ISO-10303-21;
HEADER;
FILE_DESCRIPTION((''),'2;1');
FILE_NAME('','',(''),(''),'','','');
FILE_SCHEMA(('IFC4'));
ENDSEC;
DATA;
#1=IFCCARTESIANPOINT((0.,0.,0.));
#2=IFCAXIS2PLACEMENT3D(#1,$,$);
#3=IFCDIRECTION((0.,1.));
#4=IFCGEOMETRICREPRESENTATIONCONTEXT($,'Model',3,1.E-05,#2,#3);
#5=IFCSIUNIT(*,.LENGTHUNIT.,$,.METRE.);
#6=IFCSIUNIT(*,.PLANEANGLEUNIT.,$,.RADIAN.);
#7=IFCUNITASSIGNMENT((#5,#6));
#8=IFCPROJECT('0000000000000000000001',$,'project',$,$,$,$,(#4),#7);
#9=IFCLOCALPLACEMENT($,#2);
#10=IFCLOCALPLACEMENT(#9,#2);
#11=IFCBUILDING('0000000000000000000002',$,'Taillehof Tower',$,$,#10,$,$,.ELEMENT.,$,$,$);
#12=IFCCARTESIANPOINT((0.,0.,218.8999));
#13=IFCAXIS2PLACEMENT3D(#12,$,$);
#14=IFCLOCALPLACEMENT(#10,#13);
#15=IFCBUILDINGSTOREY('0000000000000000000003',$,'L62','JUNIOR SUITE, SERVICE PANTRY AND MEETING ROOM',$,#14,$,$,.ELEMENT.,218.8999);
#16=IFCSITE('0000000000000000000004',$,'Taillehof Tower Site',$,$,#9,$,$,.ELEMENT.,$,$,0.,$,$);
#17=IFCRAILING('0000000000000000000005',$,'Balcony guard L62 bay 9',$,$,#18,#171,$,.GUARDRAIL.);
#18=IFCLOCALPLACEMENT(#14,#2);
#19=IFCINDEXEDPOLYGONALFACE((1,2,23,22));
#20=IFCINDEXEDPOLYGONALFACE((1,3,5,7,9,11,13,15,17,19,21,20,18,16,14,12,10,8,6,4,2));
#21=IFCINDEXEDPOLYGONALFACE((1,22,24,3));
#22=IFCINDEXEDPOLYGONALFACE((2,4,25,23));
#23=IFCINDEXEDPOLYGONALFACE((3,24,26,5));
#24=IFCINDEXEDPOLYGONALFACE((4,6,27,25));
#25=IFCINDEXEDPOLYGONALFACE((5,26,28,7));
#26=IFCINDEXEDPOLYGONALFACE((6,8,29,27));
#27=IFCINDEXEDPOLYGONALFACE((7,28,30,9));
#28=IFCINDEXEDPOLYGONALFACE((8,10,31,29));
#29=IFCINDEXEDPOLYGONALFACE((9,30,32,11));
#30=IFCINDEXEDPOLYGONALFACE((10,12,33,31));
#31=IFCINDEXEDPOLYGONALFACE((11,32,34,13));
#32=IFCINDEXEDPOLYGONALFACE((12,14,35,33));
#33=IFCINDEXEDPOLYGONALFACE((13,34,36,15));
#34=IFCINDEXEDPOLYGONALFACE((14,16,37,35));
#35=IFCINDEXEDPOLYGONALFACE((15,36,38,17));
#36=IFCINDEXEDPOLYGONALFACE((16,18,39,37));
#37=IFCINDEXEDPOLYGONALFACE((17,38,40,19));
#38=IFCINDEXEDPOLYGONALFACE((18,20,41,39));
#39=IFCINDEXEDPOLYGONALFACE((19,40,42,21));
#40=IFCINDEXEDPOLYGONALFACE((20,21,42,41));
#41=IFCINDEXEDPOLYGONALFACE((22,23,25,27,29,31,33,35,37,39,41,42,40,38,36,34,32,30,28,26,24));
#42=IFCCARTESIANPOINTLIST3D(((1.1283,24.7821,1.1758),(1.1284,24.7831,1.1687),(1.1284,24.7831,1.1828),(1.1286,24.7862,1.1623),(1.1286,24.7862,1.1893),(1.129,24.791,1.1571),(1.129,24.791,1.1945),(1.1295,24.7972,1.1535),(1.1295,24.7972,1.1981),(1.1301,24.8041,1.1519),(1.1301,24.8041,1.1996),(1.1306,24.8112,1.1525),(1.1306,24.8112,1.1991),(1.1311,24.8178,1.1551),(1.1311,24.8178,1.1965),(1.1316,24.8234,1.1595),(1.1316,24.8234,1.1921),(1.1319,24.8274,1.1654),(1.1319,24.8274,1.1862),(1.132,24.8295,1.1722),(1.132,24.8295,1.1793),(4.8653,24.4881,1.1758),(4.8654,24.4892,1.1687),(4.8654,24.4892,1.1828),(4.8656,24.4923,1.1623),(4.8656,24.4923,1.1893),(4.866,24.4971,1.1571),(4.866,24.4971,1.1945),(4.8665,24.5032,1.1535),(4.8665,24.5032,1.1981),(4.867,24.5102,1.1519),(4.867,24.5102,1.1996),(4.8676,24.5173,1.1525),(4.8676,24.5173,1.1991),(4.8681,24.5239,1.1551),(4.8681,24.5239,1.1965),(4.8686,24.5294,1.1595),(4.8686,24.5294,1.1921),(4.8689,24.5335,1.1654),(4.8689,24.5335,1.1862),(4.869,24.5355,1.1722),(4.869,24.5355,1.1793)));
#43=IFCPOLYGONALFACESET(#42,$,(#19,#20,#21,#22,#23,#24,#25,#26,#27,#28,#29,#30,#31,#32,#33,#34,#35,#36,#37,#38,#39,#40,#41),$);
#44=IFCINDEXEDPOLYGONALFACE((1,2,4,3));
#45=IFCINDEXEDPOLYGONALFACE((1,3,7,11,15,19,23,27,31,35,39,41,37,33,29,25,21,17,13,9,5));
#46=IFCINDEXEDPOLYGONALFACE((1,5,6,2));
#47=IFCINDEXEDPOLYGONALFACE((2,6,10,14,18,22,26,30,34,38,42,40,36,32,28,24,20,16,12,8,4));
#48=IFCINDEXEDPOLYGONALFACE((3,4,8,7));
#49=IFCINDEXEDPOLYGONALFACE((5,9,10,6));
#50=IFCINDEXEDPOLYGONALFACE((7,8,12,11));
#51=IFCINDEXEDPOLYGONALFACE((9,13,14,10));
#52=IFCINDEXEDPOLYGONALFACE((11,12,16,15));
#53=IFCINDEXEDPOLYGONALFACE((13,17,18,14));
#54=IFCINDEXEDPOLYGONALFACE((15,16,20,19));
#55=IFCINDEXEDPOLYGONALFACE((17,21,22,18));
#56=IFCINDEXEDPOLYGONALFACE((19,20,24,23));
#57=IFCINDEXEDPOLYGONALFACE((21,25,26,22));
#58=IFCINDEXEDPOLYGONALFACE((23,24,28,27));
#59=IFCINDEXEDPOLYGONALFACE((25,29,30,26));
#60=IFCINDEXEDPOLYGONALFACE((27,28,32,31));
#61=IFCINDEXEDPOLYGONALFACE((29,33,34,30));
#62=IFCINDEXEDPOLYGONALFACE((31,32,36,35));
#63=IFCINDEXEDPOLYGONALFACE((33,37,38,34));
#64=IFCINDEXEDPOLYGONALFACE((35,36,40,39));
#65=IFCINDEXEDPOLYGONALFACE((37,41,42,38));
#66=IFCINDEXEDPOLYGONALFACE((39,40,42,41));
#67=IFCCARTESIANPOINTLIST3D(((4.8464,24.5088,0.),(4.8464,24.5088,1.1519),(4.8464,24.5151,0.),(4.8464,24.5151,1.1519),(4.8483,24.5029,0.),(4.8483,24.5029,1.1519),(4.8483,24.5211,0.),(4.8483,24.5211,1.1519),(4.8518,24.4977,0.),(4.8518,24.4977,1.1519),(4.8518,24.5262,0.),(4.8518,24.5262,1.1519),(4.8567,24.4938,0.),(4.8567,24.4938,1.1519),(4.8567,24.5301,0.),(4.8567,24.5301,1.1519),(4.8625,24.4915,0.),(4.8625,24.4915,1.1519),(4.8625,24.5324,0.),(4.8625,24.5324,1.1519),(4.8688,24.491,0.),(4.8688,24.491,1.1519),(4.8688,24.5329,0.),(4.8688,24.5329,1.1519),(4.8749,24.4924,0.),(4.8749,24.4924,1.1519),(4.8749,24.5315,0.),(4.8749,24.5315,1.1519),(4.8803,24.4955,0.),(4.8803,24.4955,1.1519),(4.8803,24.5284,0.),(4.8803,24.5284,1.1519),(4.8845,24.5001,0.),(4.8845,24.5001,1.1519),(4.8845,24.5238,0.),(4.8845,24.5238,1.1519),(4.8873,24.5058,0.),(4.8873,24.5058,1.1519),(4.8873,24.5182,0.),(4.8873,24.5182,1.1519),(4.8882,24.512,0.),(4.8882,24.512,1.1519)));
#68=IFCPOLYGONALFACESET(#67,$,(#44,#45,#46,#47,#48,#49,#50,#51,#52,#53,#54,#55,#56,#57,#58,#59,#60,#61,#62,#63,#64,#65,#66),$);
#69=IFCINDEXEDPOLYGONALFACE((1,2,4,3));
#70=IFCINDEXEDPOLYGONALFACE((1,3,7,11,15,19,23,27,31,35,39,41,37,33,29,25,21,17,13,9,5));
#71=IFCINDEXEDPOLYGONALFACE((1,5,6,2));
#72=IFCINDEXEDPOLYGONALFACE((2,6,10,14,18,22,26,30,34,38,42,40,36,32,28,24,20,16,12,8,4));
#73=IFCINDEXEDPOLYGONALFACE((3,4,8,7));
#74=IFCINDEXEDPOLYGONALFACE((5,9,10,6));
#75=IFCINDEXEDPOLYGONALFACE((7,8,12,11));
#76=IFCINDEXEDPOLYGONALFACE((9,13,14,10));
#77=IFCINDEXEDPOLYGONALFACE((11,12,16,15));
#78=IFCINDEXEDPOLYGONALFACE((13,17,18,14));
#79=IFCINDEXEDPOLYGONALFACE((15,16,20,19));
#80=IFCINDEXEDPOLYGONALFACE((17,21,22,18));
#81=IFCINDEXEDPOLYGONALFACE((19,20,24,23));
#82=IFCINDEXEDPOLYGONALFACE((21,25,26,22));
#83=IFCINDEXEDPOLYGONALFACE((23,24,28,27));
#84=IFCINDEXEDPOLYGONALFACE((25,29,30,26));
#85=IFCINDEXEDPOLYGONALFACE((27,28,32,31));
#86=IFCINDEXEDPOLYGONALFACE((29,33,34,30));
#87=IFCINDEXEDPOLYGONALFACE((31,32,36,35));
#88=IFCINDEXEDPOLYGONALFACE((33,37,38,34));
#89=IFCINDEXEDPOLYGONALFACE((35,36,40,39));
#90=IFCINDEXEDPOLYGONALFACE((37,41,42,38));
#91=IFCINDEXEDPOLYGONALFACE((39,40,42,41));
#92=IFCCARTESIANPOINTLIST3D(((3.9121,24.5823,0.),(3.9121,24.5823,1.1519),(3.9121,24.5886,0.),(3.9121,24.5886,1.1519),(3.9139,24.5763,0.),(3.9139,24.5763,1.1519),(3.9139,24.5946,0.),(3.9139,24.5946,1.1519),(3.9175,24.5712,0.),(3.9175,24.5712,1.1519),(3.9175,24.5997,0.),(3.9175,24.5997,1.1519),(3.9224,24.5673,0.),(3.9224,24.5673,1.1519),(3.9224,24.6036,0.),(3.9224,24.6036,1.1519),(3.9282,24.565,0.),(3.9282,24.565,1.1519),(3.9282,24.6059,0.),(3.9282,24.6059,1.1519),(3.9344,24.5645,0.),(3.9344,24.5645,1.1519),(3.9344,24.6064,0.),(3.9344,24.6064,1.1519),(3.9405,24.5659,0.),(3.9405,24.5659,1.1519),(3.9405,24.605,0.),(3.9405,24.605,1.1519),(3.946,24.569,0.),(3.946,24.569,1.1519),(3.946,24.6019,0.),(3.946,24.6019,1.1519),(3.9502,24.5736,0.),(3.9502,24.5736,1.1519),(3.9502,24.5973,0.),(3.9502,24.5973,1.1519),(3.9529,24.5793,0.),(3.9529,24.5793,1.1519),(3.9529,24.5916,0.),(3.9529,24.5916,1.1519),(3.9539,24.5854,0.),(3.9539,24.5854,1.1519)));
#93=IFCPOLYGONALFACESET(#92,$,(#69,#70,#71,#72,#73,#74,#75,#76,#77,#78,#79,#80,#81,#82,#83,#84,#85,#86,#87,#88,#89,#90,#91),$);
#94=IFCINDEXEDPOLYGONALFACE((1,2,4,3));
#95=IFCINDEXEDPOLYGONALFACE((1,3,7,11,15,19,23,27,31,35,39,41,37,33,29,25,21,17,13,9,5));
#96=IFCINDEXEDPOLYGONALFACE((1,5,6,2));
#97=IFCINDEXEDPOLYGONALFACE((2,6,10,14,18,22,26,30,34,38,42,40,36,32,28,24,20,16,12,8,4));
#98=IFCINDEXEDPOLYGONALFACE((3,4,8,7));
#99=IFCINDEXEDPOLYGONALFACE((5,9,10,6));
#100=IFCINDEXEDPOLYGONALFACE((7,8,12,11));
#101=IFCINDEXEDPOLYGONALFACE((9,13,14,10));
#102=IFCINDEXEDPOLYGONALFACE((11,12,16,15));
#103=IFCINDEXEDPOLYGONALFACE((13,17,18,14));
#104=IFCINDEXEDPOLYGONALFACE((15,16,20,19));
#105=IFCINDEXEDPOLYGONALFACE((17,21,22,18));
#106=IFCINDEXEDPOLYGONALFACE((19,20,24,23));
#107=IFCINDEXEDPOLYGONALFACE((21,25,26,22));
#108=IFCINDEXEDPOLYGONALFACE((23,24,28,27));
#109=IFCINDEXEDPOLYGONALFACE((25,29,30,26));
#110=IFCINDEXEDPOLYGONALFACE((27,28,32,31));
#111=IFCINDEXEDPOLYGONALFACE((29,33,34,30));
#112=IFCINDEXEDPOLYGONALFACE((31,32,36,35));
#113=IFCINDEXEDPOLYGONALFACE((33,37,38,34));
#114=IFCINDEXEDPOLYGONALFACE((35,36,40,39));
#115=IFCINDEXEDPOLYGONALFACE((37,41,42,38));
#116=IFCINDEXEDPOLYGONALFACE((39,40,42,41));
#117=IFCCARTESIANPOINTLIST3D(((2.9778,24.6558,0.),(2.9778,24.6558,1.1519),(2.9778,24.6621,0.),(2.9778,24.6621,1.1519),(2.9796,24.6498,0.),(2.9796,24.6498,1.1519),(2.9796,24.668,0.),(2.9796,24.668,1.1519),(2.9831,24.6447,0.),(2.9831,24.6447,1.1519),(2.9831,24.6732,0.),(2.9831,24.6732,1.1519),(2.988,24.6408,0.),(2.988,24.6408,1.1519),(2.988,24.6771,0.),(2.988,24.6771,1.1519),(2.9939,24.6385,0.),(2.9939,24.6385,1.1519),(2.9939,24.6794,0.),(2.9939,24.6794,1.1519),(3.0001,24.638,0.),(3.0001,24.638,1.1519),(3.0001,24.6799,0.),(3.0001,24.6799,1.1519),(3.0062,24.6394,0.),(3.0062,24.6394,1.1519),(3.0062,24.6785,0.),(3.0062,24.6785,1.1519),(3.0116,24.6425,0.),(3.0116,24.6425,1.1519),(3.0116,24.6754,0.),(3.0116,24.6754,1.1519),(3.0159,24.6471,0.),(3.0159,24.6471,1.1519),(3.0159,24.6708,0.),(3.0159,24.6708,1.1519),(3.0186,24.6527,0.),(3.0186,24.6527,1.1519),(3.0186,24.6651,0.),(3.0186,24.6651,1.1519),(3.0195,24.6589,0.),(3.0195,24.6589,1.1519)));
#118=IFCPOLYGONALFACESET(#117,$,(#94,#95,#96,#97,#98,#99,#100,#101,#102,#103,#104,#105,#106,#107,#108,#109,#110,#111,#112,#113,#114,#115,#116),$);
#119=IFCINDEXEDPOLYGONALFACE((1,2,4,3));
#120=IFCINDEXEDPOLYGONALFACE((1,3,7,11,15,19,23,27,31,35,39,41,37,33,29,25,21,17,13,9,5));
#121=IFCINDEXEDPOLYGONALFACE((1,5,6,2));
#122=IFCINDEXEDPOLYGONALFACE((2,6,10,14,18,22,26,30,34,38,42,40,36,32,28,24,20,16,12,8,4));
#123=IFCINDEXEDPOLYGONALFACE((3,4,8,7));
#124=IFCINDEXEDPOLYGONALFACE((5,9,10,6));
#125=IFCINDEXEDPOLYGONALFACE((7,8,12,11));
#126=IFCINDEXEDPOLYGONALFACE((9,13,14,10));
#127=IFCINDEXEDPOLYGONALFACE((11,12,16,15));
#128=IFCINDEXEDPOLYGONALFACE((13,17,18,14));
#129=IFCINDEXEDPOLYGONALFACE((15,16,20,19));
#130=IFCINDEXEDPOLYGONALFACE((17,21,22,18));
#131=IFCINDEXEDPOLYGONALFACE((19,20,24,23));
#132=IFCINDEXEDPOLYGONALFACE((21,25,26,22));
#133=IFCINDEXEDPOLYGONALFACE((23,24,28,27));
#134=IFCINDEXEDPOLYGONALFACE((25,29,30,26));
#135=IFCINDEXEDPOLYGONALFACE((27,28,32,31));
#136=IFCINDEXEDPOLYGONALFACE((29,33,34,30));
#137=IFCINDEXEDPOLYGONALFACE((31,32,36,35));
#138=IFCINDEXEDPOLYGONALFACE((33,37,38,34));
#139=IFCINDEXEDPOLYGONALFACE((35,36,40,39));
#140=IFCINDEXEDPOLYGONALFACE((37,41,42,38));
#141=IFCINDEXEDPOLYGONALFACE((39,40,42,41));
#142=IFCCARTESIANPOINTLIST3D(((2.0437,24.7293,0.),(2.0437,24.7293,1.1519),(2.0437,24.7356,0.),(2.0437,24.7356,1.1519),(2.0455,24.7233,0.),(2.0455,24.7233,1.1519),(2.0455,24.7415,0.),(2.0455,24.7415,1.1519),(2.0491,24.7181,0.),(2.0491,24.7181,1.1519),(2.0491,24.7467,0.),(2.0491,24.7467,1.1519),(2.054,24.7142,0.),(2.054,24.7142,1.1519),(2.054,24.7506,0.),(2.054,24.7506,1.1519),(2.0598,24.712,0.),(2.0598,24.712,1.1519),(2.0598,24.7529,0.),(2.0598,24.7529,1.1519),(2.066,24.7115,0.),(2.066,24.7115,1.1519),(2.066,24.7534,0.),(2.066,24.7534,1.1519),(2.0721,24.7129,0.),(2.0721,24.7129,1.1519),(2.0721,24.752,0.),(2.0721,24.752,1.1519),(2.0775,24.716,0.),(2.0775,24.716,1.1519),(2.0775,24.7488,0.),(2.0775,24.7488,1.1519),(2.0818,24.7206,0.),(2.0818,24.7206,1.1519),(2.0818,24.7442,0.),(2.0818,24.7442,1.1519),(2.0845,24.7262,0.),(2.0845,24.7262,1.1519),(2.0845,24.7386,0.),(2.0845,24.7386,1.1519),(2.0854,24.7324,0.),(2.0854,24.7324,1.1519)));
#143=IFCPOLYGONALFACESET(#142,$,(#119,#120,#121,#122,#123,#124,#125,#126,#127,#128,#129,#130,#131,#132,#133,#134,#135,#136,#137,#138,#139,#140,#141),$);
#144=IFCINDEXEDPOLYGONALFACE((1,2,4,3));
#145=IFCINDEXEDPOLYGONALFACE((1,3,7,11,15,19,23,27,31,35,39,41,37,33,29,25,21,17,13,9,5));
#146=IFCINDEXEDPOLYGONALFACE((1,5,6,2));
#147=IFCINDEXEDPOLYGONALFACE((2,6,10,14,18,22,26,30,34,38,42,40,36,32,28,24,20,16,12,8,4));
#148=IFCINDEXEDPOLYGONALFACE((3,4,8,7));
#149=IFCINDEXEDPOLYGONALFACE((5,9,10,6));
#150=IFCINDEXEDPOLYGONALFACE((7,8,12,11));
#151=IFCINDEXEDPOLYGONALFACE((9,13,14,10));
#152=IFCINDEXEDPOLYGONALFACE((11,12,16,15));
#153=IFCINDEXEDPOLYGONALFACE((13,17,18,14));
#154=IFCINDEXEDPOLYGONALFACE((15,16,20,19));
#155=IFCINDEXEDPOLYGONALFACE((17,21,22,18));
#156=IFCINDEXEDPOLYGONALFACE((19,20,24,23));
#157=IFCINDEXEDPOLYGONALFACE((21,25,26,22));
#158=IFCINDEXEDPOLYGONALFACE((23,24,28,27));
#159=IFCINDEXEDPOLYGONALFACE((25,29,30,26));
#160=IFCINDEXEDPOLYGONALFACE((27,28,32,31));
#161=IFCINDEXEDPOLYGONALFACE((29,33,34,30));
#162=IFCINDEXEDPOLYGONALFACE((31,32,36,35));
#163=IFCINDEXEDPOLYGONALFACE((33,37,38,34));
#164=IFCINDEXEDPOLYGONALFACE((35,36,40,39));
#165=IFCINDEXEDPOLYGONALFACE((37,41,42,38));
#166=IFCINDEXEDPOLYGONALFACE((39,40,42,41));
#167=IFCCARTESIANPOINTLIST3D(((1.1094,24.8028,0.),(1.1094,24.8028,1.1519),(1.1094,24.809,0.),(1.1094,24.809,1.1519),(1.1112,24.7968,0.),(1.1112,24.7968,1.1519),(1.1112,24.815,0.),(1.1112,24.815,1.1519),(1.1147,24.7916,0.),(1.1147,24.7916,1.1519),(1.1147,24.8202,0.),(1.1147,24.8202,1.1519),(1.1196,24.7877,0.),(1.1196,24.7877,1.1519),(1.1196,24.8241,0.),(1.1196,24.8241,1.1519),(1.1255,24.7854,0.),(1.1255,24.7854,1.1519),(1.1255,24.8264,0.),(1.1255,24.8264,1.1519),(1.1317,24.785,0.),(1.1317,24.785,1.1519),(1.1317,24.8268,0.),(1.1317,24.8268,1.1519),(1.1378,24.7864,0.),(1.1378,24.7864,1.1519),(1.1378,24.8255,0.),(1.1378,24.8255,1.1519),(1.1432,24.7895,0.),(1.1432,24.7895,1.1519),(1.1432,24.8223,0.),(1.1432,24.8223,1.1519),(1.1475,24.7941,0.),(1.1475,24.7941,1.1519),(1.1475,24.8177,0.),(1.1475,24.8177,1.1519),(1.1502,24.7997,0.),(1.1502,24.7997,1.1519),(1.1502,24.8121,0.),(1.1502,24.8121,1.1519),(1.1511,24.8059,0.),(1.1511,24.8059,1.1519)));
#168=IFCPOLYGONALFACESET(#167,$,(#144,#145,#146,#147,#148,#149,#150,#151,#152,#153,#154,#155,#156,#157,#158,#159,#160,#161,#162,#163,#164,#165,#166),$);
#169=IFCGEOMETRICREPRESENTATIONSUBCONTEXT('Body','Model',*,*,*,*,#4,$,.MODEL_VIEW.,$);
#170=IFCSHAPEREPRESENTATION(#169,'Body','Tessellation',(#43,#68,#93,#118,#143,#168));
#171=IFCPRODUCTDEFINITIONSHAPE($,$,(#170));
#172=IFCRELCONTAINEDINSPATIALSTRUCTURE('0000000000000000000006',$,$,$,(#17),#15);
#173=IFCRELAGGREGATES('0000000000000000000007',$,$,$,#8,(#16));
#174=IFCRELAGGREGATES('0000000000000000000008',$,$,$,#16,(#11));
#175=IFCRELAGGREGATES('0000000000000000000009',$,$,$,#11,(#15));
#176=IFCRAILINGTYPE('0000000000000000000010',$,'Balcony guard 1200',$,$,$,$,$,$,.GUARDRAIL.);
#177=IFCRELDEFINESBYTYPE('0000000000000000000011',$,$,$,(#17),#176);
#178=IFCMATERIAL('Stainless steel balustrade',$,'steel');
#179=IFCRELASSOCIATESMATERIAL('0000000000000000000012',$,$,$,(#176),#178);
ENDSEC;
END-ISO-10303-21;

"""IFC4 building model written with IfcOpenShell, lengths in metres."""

from ifc_helpers import new_model, si_unit, direction, frame, origin, origin_2d, place, context, subcontext, project, spatial, circle, extrude, material, type_object, element, save


model = new_model("IFC4")

# Units and contexts
model_context = context("Model", 3, precision=1e-05, world=origin(), true_north=direction((0.0, 1.0)))
body_context = subcontext(model_context, "Body", "Model", "MODEL_VIEW")
ifc_project = project(units=[si_unit("LENGTHUNIT", "METRE"), si_unit("PLANEANGLEUNIT", "RADIAN")], contexts=[model_context])

# Site, building, storey
site_placement = place(None, origin())
site = spatial("IfcSite", under=ifc_project, at=site_placement, Name="Taillehof Tower Site", CompositionType="ELEMENT", RefElevation=0.0)
building_placement = place(site_placement, origin())
building = spatial("IfcBuilding", under=site, at=building_placement, Name="Taillehof Tower", CompositionType="ELEMENT")
storey_placement = place(building_placement, frame((0.0, 0.0, 218.8999)))
storey = spatial("IfcBuildingStorey", under=building, at=storey_placement, Name="L62", Description="JUNIOR SUITE, SERVICE PANTRY AND MEETING ROOM", CompositionType="ELEMENT", Elevation=218.8999)

# Railing
ifc_material_1 = material(Name="Stainless steel balustrade", Category="steel")
railing_type = type_object("IfcRailingType", Name="Balcony guard 1200", PredefinedType="GUARDRAIL", material=ifc_material_1)
railing_1_placement = place(storey_placement, frame((4.8672, 24.512, 0.0)))
element("IfcRailing", 1, at=railing_1_placement, inside=storey, type_object=railing_type, Name="Balcony guard L62 bay 9", PredefinedType="GUARDRAIL", context=body_context, shape_type="SweptSolid", body=[
    extrude(circle(Radius=0.0239, at=origin_2d()), frame((0.0, 0.0, 1.1758), z_axis=(-0.996921, 0.078415, 0.0), x_axis=(-0.078415, -0.996921, 0.0)), (0.0, 0.0, 1.0), 3.7485),
    extrude(circle(Radius=0.021, at=origin_2d()), origin(), (0.0, 0.0, 1.0), 1.1519),
    extrude(circle(Radius=0.021, at=origin_2d()), frame((-0.9343, 0.0735, 0.0)), (0.0, 0.0, 1.0), 1.1519),
    extrude(circle(Radius=0.021, at=origin_2d()), frame((-1.8687, 0.147, 0.0)), (0.0, 0.0, 1.0), 1.1519),
    extrude(circle(Radius=0.021, at=origin_2d()), frame((-2.8027, 0.2205, 0.0)), (0.0, 0.0, 1.0), 1.1519),
    extrude(circle(Radius=0.021, at=origin_2d()), frame((-3.7371, 0.2939, 0.0)), (0.0, 0.0, 1.0), 1.1519),
])

save(model, "model.ifc")
